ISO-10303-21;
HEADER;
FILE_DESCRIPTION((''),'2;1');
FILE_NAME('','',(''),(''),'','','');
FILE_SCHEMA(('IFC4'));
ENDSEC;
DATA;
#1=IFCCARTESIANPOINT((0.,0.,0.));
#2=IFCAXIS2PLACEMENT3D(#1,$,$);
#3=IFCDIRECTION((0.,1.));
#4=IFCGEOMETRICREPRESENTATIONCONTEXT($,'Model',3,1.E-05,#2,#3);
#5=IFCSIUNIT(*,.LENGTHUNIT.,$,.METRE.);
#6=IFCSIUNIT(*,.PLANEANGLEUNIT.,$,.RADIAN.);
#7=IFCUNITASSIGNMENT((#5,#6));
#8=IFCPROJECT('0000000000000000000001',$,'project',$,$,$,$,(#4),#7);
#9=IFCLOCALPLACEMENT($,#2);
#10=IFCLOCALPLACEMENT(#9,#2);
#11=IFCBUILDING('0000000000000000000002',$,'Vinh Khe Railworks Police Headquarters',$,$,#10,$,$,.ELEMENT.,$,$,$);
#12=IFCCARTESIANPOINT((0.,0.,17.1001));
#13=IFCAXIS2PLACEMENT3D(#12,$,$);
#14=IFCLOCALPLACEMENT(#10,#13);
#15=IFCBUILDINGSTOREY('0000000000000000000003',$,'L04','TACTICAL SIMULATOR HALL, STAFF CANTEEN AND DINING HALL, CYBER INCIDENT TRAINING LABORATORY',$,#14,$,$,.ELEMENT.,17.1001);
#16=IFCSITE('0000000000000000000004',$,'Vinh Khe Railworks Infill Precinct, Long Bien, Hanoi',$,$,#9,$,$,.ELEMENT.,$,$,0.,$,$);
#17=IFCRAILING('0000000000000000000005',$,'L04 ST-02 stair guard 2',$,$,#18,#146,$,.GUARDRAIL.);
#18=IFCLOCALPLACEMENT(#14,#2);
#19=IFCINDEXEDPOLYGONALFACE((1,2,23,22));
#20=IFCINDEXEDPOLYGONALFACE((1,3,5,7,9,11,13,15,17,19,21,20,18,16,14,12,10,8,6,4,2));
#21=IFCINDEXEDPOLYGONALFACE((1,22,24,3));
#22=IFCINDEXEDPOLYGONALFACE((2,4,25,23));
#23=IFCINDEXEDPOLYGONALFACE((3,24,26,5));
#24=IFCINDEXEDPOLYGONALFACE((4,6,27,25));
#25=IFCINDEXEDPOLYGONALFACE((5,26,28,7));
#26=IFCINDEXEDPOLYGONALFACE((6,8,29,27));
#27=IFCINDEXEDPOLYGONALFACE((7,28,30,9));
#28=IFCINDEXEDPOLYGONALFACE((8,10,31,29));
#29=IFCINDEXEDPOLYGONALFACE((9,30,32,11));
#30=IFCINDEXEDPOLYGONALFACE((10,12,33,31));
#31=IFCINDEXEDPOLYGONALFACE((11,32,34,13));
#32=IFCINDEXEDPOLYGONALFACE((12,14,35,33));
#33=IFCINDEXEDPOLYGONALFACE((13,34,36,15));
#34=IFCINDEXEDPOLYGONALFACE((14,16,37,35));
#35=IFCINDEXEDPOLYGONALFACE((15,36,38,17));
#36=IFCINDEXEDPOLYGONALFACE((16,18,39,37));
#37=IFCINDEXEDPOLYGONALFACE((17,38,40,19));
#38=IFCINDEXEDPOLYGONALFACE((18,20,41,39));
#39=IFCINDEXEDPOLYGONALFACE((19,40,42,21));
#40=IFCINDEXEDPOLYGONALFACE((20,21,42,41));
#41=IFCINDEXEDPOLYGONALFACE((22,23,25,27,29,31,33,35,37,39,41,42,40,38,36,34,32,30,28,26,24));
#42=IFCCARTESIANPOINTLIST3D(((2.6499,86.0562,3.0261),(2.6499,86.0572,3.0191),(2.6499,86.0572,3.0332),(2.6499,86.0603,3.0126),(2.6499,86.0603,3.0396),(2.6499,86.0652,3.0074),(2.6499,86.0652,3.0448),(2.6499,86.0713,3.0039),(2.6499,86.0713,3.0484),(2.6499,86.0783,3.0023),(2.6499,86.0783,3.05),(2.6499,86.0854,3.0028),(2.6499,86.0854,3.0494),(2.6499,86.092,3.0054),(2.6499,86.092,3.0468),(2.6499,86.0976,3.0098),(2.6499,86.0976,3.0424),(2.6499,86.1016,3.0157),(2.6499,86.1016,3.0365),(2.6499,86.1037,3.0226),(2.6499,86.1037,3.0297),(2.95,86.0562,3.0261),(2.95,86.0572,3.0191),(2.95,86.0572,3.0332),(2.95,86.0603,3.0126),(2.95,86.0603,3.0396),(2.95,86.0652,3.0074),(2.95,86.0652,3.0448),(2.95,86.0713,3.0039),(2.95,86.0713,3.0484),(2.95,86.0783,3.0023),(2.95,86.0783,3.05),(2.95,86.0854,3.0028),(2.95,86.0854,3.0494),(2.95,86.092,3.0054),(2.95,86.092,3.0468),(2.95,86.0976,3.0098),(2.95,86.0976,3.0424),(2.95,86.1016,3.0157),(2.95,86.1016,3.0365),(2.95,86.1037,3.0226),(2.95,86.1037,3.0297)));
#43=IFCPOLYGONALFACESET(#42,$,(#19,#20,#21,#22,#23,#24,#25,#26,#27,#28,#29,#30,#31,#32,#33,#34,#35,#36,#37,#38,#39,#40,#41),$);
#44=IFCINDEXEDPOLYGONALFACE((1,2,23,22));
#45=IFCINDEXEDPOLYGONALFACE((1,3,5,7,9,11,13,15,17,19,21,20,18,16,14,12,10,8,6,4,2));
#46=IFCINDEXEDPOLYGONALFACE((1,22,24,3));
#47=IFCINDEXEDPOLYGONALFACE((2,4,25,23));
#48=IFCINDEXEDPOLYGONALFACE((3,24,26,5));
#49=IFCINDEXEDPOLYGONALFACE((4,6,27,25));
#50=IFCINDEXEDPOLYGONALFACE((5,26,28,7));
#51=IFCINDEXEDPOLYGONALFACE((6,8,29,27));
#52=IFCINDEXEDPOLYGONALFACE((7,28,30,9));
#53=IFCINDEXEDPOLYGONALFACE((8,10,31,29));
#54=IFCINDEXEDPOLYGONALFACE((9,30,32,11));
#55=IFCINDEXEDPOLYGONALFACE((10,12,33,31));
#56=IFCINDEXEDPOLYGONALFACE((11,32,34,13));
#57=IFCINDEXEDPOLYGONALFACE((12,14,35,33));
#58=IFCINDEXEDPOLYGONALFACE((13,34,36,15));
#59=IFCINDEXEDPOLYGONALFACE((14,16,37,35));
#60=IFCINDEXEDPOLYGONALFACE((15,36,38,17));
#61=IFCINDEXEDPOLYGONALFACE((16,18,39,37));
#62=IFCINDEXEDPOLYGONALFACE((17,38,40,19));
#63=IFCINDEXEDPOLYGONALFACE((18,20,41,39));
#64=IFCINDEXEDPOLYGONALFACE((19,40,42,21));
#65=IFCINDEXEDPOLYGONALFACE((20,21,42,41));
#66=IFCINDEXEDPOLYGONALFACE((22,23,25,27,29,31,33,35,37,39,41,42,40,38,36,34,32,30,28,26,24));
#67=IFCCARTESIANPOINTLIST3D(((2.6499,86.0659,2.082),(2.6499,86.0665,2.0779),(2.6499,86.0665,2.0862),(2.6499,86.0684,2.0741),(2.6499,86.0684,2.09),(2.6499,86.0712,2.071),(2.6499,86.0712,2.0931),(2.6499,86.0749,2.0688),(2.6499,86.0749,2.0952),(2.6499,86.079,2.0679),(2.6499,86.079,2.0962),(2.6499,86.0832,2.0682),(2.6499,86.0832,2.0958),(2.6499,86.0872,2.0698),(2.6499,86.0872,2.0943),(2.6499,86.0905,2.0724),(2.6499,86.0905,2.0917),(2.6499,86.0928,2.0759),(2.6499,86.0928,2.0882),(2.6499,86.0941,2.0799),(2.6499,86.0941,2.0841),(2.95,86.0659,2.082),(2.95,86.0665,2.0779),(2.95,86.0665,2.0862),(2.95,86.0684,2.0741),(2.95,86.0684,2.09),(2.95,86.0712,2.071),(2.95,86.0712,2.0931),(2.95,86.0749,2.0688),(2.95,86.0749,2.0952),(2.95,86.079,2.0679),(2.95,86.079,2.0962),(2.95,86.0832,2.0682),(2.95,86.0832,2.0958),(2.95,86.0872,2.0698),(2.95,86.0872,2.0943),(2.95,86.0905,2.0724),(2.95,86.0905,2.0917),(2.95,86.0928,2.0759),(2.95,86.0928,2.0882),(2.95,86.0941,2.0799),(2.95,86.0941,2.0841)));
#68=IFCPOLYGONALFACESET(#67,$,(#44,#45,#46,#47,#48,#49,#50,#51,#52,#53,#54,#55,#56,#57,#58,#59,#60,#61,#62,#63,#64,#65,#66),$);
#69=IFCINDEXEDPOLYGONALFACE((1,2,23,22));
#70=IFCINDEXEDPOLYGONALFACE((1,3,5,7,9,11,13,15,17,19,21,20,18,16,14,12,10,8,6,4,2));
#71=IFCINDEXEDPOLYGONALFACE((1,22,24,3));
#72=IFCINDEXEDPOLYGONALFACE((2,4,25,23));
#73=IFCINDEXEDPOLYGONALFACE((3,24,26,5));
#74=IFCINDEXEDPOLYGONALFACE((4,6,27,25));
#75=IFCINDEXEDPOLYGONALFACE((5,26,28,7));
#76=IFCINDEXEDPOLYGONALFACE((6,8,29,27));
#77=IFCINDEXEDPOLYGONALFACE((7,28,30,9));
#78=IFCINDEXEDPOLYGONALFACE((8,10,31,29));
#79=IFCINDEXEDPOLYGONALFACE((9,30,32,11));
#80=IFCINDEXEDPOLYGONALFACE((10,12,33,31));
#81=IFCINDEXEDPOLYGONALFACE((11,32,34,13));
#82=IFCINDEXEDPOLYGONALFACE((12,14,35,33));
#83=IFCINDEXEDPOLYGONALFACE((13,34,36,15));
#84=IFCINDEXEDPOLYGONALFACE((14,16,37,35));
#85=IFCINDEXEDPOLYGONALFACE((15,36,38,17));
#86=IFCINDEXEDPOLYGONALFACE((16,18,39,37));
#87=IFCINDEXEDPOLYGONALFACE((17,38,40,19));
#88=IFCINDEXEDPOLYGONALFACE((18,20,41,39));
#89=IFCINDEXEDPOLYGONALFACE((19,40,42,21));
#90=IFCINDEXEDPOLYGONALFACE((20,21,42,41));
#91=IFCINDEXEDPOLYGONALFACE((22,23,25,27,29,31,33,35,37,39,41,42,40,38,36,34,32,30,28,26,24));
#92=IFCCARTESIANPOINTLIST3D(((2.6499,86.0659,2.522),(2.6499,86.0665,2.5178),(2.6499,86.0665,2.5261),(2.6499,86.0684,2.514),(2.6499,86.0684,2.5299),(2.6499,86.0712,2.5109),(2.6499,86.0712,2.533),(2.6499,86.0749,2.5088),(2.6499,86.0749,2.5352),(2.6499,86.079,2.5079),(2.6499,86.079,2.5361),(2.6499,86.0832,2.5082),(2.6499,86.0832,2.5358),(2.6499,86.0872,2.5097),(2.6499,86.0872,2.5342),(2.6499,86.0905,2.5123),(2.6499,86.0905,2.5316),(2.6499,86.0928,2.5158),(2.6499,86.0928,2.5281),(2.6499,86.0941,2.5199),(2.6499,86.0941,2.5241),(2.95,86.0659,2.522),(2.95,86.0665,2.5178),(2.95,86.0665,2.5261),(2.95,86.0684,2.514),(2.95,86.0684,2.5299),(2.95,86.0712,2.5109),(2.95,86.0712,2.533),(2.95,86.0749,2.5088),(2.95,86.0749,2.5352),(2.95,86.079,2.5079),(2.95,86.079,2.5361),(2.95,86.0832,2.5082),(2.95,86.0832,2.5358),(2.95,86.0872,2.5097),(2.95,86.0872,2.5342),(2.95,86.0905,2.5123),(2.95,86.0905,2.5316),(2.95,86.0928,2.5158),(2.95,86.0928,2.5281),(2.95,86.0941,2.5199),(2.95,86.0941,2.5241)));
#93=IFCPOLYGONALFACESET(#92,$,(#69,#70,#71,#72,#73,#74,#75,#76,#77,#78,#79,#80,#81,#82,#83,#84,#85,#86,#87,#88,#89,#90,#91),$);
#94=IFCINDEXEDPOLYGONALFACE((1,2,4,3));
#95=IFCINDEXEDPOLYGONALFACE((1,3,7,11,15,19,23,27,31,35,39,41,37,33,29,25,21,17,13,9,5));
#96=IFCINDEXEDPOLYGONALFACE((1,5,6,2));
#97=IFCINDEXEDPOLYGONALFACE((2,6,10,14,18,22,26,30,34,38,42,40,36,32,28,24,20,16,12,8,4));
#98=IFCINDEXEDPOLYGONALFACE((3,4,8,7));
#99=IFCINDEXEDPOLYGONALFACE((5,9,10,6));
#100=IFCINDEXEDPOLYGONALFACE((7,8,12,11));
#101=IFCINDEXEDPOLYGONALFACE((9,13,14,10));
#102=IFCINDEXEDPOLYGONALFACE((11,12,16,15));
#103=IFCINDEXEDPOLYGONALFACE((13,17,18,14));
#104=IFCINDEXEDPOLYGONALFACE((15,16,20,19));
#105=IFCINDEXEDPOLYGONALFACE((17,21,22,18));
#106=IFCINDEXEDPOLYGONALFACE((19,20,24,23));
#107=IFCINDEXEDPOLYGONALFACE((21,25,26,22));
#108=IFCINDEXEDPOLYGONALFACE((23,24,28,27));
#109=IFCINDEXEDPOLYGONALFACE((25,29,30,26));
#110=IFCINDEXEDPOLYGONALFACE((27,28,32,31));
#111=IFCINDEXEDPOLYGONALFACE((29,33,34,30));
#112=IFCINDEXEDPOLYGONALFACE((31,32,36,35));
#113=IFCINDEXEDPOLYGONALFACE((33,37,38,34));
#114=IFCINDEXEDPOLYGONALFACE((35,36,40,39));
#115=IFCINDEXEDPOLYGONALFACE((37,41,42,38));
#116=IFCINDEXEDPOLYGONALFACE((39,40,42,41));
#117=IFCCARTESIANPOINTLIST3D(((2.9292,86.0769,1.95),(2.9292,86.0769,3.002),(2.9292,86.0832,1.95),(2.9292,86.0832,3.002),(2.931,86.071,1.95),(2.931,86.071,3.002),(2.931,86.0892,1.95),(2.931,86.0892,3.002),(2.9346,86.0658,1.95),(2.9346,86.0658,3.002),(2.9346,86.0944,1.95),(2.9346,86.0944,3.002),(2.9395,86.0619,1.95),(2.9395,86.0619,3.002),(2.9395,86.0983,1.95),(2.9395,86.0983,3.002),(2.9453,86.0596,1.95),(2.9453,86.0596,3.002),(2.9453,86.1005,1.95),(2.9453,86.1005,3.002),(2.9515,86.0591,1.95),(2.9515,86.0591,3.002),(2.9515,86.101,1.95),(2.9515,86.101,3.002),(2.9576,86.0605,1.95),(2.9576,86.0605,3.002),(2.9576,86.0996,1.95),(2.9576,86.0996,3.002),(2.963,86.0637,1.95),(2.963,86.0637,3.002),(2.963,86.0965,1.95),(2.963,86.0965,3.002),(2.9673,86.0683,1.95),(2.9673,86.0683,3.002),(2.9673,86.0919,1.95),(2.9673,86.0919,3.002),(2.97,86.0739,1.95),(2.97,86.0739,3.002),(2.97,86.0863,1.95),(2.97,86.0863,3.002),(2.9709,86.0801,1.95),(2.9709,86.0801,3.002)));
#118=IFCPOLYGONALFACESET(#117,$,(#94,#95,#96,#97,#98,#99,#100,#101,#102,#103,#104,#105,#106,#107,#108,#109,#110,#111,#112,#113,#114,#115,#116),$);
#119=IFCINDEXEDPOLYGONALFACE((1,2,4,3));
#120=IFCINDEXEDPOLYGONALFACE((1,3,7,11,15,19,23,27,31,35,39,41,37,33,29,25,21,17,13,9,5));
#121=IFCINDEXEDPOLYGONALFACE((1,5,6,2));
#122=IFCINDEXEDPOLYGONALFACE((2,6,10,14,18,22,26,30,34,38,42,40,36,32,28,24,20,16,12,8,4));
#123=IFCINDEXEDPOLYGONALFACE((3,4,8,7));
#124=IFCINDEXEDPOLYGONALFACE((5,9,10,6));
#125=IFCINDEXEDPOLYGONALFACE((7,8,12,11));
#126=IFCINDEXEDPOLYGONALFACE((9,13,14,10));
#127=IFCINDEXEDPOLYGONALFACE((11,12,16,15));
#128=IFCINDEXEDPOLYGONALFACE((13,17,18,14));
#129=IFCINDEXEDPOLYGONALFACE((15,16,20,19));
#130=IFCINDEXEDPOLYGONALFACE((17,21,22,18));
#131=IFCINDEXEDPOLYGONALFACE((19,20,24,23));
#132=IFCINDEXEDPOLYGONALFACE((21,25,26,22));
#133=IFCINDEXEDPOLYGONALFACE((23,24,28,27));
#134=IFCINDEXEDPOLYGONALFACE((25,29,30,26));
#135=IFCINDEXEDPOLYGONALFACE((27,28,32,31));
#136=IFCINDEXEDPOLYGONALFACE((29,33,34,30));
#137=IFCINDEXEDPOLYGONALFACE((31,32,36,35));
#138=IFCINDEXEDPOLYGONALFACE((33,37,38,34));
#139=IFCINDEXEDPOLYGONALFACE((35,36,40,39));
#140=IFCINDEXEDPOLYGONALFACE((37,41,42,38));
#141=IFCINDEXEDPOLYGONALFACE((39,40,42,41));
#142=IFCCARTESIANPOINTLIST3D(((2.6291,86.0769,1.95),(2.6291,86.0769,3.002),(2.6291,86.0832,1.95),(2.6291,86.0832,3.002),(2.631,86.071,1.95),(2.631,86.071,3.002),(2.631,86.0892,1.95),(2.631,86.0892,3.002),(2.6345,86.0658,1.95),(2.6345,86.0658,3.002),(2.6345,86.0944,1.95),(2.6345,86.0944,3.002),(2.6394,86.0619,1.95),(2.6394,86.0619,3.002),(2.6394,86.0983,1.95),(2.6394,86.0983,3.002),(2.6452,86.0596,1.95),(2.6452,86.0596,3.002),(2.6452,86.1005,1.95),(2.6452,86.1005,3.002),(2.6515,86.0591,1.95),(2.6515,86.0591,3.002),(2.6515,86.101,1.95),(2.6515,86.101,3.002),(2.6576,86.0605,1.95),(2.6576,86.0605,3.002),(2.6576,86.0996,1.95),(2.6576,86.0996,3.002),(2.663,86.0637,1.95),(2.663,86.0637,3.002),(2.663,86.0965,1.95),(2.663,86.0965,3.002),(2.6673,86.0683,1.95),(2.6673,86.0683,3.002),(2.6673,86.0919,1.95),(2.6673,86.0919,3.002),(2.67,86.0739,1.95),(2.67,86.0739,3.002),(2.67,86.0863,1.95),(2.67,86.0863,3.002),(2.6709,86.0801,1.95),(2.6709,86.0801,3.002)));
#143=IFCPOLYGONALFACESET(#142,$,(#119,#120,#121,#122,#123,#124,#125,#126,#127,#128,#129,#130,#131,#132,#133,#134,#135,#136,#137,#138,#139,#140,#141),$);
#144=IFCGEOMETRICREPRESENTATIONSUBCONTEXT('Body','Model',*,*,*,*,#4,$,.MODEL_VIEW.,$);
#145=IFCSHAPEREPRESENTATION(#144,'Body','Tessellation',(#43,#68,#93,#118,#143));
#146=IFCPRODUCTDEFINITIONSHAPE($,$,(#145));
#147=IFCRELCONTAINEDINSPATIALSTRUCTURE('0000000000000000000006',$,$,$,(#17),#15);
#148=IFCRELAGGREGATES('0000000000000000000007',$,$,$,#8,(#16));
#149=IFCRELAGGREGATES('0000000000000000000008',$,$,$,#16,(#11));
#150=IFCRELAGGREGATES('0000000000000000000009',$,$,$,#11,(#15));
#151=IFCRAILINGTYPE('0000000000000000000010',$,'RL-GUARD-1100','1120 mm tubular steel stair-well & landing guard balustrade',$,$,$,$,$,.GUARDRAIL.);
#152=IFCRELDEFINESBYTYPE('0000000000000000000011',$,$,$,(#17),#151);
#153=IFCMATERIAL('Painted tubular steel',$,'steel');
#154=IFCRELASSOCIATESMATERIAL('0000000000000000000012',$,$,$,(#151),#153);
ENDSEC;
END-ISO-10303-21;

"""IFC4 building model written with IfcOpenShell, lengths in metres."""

from ifc_helpers import new_model, si_unit, direction, frame, origin, origin_2d, place, context, subcontext, project, spatial, circle, extrude, material, type_object, element, save


model = new_model("IFC4")

# Units and contexts
model_context = context("Model", 3, precision=1e-05, world=origin(), true_north=direction((0.0, 1.0)))
body_context = subcontext(model_context, "Body", "Model", "MODEL_VIEW")
ifc_project = project(units=[si_unit("LENGTHUNIT", "METRE"), si_unit("PLANEANGLEUNIT", "RADIAN")], contexts=[model_context])

# Site, building, storey
site_placement = place(None, origin())
site = spatial("IfcSite", under=ifc_project, at=site_placement, Name="Vinh Khe Railworks Infill Precinct, Long Bien, Hanoi", CompositionType="ELEMENT", RefElevation=0.0)
building_placement = place(site_placement, origin())
building = spatial("IfcBuilding", under=site, at=building_placement, Name="Vinh Khe Railworks Police Headquarters", CompositionType="ELEMENT")
storey_placement = place(building_placement, frame((0.0, 0.0, 17.1001)))
storey = spatial("IfcBuildingStorey", under=building, at=storey_placement, Name="L04", Description="TACTICAL SIMULATOR HALL, STAFF CANTEEN AND DINING HALL, CYBER INCIDENT TRAINING LABORATORY", CompositionType="ELEMENT", Elevation=17.1001)

# Railing
ifc_material_1 = material(Name="Painted tubular steel", Category="steel")
railing_type_1 = type_object("IfcRailingType", Name="RL-GUARD-1100", Description="1120 mm tubular steel stair-well & landing guard balustrade", PredefinedType="GUARDRAIL", material=ifc_material_1)
railing_1_placement = place(storey_placement, frame((2.95, 86.0801, 1.95)))
element("IfcRailing", 1, at=railing_1_placement, inside=storey, type_object=railing_type_1, Name="L04 ST-02 stair guard 2", PredefinedType="GUARDRAIL", context=body_context, shape_type="SweptSolid", body=[
    extrude(circle(Radius=0.0239, at=origin_2d()), frame((0.0, 0.0, 1.0762), z_axis=(-1.0, 0.0, 0.0), x_axis=(0.0, -1.0, 0.0)), (0.0, 0.0, 1.0), 0.3),
    extrude(circle(Radius=0.0142, at=origin_2d()), frame((0.0, 0.0, 0.1321), z_axis=(-1.0, 0.0, 0.0), x_axis=(0.0, -1.0, 0.0)), (0.0, 0.0, 1.0), 0.3),
    extrude(circle(Radius=0.0142, at=origin_2d()), frame((0.0, 0.0, 0.572), z_axis=(-1.0, 0.0, 0.0), x_axis=(0.0, -1.0, 0.0)), (0.0, 0.0, 1.0), 0.3),
    extrude(circle(Radius=0.021, at=origin_2d()), origin(), (0.0, 0.0, 1.0), 1.052),
    extrude(circle(Radius=0.021, at=origin_2d()), frame((-0.3, 0.0, 0.0)), (0.0, 0.0, 1.0), 1.052),
])

save(model, "model.ifc")
